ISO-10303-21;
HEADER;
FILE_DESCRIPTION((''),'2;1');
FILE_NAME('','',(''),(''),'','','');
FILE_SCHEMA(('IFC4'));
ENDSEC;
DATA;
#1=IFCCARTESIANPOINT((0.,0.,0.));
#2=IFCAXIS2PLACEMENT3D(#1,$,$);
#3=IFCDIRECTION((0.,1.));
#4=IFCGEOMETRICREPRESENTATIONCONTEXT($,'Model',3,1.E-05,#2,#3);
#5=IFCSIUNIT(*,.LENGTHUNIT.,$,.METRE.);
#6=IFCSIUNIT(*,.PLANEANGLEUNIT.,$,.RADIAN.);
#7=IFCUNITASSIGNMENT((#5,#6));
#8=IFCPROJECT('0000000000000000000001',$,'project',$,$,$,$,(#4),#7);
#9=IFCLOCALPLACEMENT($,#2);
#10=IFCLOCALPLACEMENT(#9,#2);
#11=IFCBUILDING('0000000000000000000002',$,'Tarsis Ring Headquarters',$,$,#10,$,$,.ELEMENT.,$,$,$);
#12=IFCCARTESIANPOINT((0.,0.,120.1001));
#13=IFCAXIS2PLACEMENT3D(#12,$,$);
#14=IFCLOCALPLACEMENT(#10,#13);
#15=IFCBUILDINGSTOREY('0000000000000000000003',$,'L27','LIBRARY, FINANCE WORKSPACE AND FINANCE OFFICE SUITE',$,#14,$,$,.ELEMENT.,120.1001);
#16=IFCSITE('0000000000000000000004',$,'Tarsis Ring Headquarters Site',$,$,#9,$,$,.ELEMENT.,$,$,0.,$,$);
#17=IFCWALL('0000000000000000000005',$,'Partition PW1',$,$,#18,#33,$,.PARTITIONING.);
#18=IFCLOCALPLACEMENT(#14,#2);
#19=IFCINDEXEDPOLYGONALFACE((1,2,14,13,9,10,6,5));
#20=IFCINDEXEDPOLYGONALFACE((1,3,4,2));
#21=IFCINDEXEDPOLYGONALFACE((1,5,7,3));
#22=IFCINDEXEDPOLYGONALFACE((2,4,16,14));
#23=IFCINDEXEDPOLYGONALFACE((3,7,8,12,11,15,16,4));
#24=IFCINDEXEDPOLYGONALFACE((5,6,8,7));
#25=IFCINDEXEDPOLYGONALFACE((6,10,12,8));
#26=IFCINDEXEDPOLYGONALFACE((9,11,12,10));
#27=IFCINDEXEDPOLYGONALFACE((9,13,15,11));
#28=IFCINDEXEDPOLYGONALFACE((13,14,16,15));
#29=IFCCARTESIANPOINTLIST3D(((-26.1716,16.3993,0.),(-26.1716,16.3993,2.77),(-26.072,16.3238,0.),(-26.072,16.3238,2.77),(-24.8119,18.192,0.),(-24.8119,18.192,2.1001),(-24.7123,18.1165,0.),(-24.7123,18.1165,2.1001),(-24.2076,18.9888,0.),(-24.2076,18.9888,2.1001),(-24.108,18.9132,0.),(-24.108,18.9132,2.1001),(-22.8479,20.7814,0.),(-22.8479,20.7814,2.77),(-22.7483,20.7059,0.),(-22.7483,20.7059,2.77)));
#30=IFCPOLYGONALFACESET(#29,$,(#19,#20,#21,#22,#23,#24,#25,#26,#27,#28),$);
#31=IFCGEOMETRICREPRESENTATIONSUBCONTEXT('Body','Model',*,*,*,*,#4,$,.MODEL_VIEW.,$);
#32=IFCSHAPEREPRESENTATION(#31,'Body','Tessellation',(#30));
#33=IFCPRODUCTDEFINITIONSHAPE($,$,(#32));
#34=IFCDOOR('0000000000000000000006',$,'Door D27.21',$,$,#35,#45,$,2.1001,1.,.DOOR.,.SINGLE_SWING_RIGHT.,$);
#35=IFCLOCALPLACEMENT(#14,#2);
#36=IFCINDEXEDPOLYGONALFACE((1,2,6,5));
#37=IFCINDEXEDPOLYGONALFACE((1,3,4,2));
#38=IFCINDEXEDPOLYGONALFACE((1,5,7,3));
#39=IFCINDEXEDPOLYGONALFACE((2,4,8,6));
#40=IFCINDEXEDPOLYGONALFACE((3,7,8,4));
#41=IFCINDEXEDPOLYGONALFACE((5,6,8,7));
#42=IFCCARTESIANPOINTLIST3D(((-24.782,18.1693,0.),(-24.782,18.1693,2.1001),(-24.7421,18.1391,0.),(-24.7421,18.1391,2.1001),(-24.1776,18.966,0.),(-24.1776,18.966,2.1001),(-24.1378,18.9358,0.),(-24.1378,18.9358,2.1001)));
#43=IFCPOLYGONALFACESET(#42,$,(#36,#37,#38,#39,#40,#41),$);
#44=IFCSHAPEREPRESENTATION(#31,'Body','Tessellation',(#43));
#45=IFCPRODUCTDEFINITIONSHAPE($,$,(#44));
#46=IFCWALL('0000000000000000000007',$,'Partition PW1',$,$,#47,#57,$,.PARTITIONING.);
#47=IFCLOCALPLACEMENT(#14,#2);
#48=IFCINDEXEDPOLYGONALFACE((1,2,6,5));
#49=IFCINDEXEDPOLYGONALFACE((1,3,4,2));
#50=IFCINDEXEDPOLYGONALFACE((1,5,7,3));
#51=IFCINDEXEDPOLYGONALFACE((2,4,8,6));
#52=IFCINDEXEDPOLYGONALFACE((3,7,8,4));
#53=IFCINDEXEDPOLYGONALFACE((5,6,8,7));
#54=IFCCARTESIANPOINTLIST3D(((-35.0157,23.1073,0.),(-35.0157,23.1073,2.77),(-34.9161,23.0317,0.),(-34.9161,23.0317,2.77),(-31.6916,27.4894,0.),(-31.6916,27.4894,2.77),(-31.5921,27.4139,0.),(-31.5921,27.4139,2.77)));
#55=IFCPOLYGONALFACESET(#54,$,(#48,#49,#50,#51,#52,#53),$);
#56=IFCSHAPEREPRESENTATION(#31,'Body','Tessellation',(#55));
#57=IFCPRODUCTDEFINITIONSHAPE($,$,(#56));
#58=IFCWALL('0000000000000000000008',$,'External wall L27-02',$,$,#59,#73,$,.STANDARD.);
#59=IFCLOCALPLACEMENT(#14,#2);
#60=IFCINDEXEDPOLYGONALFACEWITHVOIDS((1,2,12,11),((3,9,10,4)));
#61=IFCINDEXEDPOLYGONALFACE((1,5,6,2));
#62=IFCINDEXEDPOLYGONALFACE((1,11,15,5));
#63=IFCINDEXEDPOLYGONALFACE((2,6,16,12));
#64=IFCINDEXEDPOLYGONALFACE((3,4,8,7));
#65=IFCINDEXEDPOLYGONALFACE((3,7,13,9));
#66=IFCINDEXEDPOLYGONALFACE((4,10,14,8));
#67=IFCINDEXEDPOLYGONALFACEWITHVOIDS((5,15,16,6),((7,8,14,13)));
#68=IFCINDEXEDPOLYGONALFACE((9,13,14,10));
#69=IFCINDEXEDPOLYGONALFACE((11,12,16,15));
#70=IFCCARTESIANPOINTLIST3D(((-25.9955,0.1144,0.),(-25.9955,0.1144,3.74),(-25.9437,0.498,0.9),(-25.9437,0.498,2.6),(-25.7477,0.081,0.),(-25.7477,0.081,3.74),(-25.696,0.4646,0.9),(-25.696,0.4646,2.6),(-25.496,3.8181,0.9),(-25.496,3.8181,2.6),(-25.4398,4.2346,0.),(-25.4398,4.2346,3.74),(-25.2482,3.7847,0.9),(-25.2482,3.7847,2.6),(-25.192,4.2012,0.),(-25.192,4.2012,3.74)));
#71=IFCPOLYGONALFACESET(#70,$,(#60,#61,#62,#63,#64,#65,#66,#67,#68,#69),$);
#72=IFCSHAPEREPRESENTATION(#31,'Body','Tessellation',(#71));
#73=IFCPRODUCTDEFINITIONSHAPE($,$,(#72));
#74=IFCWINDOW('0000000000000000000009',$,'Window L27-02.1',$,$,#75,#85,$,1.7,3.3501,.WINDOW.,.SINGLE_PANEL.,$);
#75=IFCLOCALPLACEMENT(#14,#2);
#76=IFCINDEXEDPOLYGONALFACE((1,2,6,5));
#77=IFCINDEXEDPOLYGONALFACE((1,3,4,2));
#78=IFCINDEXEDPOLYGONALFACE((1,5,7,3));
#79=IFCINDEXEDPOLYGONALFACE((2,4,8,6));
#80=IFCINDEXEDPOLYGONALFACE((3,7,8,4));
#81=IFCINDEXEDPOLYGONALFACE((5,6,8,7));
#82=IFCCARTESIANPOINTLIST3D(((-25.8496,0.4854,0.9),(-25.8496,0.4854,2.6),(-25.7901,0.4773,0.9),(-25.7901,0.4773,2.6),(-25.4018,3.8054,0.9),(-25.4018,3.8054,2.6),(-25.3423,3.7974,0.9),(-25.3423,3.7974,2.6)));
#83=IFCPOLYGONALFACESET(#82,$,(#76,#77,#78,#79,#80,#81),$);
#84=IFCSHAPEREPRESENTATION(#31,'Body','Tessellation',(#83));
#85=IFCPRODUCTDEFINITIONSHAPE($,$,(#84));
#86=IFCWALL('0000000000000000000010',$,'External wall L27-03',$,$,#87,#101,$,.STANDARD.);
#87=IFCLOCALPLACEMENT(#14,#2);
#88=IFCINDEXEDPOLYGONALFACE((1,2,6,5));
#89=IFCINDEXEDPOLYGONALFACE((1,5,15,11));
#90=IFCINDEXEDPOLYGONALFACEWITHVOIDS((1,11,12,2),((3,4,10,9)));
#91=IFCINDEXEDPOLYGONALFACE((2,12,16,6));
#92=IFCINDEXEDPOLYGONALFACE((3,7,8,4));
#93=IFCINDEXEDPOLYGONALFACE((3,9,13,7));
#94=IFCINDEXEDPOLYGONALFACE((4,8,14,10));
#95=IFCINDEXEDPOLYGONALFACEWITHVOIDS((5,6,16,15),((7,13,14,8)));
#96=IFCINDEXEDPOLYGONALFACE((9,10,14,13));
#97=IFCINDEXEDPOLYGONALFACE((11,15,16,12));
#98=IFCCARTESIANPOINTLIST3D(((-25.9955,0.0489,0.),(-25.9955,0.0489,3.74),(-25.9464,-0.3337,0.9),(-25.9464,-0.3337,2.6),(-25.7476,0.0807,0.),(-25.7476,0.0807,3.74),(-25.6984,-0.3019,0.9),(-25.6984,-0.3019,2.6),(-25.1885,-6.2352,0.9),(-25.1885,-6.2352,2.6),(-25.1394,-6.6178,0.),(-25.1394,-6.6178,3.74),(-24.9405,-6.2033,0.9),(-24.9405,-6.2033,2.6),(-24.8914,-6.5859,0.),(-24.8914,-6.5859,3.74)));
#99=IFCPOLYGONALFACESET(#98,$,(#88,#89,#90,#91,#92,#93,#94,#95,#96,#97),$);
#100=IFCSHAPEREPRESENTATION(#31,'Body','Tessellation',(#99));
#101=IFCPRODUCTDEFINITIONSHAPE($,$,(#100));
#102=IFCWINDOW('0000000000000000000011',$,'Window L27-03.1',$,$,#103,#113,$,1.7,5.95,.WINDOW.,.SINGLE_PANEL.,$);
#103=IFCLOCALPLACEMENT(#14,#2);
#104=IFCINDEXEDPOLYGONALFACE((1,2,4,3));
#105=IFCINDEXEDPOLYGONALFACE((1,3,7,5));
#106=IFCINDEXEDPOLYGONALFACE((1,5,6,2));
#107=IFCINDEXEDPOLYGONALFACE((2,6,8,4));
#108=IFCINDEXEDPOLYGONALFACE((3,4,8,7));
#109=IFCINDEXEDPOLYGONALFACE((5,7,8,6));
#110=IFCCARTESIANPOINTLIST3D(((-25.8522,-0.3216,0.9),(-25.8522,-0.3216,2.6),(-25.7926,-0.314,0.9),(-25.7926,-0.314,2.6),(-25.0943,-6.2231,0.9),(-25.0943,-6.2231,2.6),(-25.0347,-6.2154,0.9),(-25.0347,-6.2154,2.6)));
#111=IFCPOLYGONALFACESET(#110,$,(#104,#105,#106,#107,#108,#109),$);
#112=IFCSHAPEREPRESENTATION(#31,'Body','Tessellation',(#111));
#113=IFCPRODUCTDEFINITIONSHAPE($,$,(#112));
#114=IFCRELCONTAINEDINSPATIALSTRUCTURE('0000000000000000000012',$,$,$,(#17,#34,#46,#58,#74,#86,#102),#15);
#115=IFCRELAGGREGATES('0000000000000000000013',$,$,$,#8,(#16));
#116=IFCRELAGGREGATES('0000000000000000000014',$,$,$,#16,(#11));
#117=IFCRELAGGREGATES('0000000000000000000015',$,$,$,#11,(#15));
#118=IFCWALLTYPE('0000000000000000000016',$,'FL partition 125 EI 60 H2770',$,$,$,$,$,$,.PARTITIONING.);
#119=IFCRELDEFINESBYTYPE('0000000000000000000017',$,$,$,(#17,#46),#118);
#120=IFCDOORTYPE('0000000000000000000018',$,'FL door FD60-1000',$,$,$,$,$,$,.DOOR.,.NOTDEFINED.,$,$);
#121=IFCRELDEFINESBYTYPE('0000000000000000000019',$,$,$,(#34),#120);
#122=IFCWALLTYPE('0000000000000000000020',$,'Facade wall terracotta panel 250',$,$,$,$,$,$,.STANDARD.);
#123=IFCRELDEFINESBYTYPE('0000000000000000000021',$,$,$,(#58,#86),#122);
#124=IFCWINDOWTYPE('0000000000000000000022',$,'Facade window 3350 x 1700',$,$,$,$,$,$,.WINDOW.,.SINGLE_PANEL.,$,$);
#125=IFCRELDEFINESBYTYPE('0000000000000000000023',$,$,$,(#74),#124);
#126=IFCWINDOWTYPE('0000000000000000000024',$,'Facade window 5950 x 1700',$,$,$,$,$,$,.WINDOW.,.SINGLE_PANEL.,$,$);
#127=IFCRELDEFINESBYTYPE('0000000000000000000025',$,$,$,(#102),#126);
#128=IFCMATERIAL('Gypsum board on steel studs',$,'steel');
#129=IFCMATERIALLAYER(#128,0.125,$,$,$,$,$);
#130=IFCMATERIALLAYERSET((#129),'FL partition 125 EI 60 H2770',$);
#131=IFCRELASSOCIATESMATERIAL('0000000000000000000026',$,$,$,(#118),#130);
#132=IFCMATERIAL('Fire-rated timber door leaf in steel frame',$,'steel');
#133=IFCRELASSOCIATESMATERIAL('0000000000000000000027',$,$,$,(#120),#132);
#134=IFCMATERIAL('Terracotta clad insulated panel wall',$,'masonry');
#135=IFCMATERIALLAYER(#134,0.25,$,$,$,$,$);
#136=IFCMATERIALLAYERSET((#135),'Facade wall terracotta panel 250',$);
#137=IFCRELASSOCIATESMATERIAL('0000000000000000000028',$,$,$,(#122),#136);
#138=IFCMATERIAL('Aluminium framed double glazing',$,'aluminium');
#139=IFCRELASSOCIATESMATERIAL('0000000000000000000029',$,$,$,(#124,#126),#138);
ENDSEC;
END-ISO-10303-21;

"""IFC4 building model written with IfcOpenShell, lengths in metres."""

from ifc_helpers import new_model, si_unit, direction, frame, frame_2d, origin, place, context, subcontext, project, spatial, rectangle, extrude, material, layer, layer_set, type_object, element, fill, save


model = new_model("IFC4")

# Units and contexts
model_context = context("Model", 3, precision=1e-05, world=origin(), true_north=direction((0.0, 1.0)))
body_context = subcontext(model_context, "Body", "Model", "MODEL_VIEW")
ifc_project = project(units=[si_unit("LENGTHUNIT", "METRE"), si_unit("PLANEANGLEUNIT", "RADIAN")], contexts=[model_context])

# Site, building, storey
site_placement = place(None, origin())
site = spatial("IfcSite", under=ifc_project, at=site_placement, Name="Tarsis Ring Headquarters Site", CompositionType="ELEMENT", RefElevation=0.0)
building_placement = place(site_placement, origin())
building = spatial("IfcBuilding", under=site, at=building_placement, Name="Tarsis Ring Headquarters", CompositionType="ELEMENT")
storey_placement = place(building_placement, frame((0.0, 0.0, 120.1001)))
storey = spatial("IfcBuildingStorey", under=building, at=storey_placement, Name="L27", Description="LIBRARY, FINANCE WORKSPACE AND FINANCE OFFICE SUITE", CompositionType="ELEMENT", Elevation=120.1001)

# Shared definitions
ifc_material_1 = material(Name="Gypsum board on steel studs", Category="steel")

# Shared definitions
ifc_layer_1 = layer(ifc_material_1, 0.125)
ifc_layer_set_1 = layer_set([ifc_layer_1], Name="FL partition 125 EI 60 H2770")
wall_type_1 = type_object("IfcWallType", Name="FL partition 125 EI 60 H2770", PredefinedType="PARTITIONING", material=ifc_layer_set_1)
ifc_material_2 = material(Name="Fire-rated timber door leaf in steel frame", Category="steel")
door_type_1 = type_object("IfcDoorType", Name="FL door FD60-1000", OperationType="NOTDEFINED", PredefinedType="DOOR", material=ifc_material_2)

# Wall, opening, door
wall_1_placement = place(storey_placement, frame((-26.1218, 16.3616, 0.0), z_axis=(0.0, 0.0, 1.0), x_axis=(0.604317, 0.796744, 0.0)))
wall_1 = element("IfcWall", 1, at=wall_1_placement, inside=storey, type_object=wall_type_1, Name="Partition PW1", PredefinedType="PARTITIONING", context=body_context, shape_type="SweptSolid", body=[
    extrude(rectangle(XDim=5.5, YDim=0.125, at=frame_2d((2.75, 0.0))), origin(), (0.0, 0.0, 1.0), 2.77),
])
opening_1_placement = place(wall_1_placement, frame((2.25, 0.0, 0.0)))
opening_1 = element("IfcOpeningElement", 2, at=opening_1_placement, cuts=wall_1, PredefinedType="OPENING", context=body_context, shape_type="SweptSolid", body=[
    extrude(rectangle(XDim=1.0, YDim=2.1001, at=frame_2d((0.5, 1.05))), frame((0.0, 0.0725, 0.0), z_axis=(0.0, -1.0, 0.0), x_axis=(1.0, 0.0, 0.0)), (0.0, 0.0, 1.0), 0.145),
])
door_1_placement = place(opening_1_placement, origin())
door_1 = element("IfcDoor", 3, at=door_1_placement, inside=storey, type_object=door_type_1, Name="Door D27.21", OperationType="SINGLE_SWING_RIGHT", OverallHeight=2.1001, OverallWidth=1.0, PredefinedType="DOOR", context=body_context, shape_type="SweptSolid", body=[
    extrude(rectangle(XDim=1.0, YDim=2.1001, at=frame_2d((0.5, 1.05))), frame((0.0, 0.0249, 0.0), z_axis=(0.0, -1.0, 0.0), x_axis=(1.0, 0.0, 0.0)), (0.0, 0.0, 1.0), 0.05),
])
fill(opening_1, door_1)

# Wall
wall_2_placement = place(storey_placement, frame((-34.9658, 23.0696, 0.0), z_axis=(0.0, 0.0, 1.0), x_axis=(0.604345, 0.796723, 0.0)))
element("IfcWall", 4, at=wall_2_placement, inside=storey, type_object=wall_type_1, Name="Partition PW1", PredefinedType="PARTITIONING", context=body_context, shape_type="SweptSolid", body=[
    extrude(rectangle(XDim=5.5002, YDim=0.125, at=frame_2d((2.75, 0.0))), origin(), (0.0, 0.0, 1.0), 2.77),
])

# Walls, openings, windows
ifc_material_3 = material(Name="Terracotta clad insulated panel wall", Category="masonry")
ifc_layer_2 = layer(ifc_material_3, 0.25)
ifc_layer_set_2 = layer_set([ifc_layer_2], Name="Facade wall terracotta panel 250")
wall_type_2 = type_object("IfcWallType", Name="Facade wall terracotta panel 250", PredefinedType="STANDARD", material=ifc_layer_set_2)
wall_3_placement = place(storey_placement, frame((-25.3159, 4.2178, 0.0), z_axis=(0.0, 0.0, 1.0), x_axis=(-0.133656, -0.991028, 0.0)))
wall_3 = element("IfcWall", 5, at=wall_3_placement, inside=storey, type_object=wall_type_2, Name="External wall L27-02", PredefinedType="STANDARD", context=body_context, shape_type="SweptSolid", body=[
    extrude(rectangle(XDim=4.1575, YDim=0.25, at=frame_2d((2.0786, 0.0))), origin(), (0.0, 0.0, 1.0), 3.74),
])
opening_2_placement = place(wall_3_placement, frame((0.4202, 0.0, 0.8999)))
opening_2 = element("IfcOpeningElement", 6, at=opening_2_placement, cuts=wall_3, PredefinedType="OPENING", context=body_context, shape_type="SweptSolid", body=[
    extrude(rectangle(XDim=3.3501, YDim=1.7, at=frame_2d((1.675, 0.8501))), frame((0.0, 0.135, 0.0), z_axis=(0.0, -1.0, 0.0), x_axis=(1.0, 0.0, 0.0)), (0.0, 0.0, 1.0), 0.27),
])
ifc_material_4 = material(Name="Aluminium framed double glazing", Category="aluminium")
window_type_1 = type_object("IfcWindowType", Name="Facade window 3350 x 1700", PartitioningType="SINGLE_PANEL", PredefinedType="WINDOW", material=ifc_material_4)
window_1_placement = place(opening_2_placement, origin())
window_1 = element("IfcWindow", 7, at=window_1_placement, inside=storey, type_object=window_type_1, Name="Window L27-02.1", OverallHeight=1.7, OverallWidth=3.3501, PartitioningType="SINGLE_PANEL", PredefinedType="WINDOW", context=body_context, shape_type="SweptSolid", body=[
    extrude(rectangle(XDim=3.3501, YDim=1.7, at=frame_2d((1.675, 0.8501))), frame((0.0, 0.03, 0.0), z_axis=(0.0, -1.0, 0.0), x_axis=(1.0, 0.0, 0.0)), (0.0, 0.0, 1.0), 0.0601),
])
fill(opening_2, window_1)
wall_4_placement = place(storey_placement, frame((-25.8716, 0.0649, 0.0), z_axis=(0.0, 0.0, 1.0), x_axis=(0.127382, -0.991854, 0.0)))
wall_4 = element("IfcWall", 8, at=wall_4_placement, inside=storey, type_object=wall_type_2, Name="External wall L27-03", PredefinedType="STANDARD", context=body_context, shape_type="SweptSolid", body=[
    extrude(rectangle(XDim=6.7214, YDim=0.25, at=frame_2d((3.3608, 0.0))), origin(), (0.0, 0.0, 1.0), 3.74),
])
opening_3_placement = place(wall_4_placement, frame((0.3857, 0.0, 0.8999)))
opening_3 = element("IfcOpeningElement", 9, at=opening_3_placement, cuts=wall_4, PredefinedType="OPENING", context=body_context, shape_type="SweptSolid", body=[
    extrude(rectangle(XDim=5.95, YDim=1.7, at=frame_2d((2.9751, 0.8501))), frame((0.0, 0.135, 0.0), z_axis=(0.0, -1.0, 0.0), x_axis=(1.0, 0.0, 0.0)), (0.0, 0.0, 1.0), 0.27),
])
window_type_2 = type_object("IfcWindowType", Name="Facade window 5950 x 1700", PartitioningType="SINGLE_PANEL", PredefinedType="WINDOW", material=ifc_material_4)
window_2_placement = place(opening_3_placement, origin())
window_2 = element("IfcWindow", 10, at=window_2_placement, inside=storey, type_object=window_type_2, Name="Window L27-03.1", OverallHeight=1.7, OverallWidth=5.95, PartitioningType="SINGLE_PANEL", PredefinedType="WINDOW", context=body_context, shape_type="SweptSolid", body=[
    extrude(rectangle(XDim=5.95, YDim=1.7, at=frame_2d((2.9751, 0.8501))), frame((0.0, 0.03, 0.0), z_axis=(0.0, -1.0, 0.0), x_axis=(1.0, 0.0, 0.0)), (0.0, 0.0, 1.0), 0.0601),
])
fill(opening_3, window_2)

save(model, "model.ifc")
